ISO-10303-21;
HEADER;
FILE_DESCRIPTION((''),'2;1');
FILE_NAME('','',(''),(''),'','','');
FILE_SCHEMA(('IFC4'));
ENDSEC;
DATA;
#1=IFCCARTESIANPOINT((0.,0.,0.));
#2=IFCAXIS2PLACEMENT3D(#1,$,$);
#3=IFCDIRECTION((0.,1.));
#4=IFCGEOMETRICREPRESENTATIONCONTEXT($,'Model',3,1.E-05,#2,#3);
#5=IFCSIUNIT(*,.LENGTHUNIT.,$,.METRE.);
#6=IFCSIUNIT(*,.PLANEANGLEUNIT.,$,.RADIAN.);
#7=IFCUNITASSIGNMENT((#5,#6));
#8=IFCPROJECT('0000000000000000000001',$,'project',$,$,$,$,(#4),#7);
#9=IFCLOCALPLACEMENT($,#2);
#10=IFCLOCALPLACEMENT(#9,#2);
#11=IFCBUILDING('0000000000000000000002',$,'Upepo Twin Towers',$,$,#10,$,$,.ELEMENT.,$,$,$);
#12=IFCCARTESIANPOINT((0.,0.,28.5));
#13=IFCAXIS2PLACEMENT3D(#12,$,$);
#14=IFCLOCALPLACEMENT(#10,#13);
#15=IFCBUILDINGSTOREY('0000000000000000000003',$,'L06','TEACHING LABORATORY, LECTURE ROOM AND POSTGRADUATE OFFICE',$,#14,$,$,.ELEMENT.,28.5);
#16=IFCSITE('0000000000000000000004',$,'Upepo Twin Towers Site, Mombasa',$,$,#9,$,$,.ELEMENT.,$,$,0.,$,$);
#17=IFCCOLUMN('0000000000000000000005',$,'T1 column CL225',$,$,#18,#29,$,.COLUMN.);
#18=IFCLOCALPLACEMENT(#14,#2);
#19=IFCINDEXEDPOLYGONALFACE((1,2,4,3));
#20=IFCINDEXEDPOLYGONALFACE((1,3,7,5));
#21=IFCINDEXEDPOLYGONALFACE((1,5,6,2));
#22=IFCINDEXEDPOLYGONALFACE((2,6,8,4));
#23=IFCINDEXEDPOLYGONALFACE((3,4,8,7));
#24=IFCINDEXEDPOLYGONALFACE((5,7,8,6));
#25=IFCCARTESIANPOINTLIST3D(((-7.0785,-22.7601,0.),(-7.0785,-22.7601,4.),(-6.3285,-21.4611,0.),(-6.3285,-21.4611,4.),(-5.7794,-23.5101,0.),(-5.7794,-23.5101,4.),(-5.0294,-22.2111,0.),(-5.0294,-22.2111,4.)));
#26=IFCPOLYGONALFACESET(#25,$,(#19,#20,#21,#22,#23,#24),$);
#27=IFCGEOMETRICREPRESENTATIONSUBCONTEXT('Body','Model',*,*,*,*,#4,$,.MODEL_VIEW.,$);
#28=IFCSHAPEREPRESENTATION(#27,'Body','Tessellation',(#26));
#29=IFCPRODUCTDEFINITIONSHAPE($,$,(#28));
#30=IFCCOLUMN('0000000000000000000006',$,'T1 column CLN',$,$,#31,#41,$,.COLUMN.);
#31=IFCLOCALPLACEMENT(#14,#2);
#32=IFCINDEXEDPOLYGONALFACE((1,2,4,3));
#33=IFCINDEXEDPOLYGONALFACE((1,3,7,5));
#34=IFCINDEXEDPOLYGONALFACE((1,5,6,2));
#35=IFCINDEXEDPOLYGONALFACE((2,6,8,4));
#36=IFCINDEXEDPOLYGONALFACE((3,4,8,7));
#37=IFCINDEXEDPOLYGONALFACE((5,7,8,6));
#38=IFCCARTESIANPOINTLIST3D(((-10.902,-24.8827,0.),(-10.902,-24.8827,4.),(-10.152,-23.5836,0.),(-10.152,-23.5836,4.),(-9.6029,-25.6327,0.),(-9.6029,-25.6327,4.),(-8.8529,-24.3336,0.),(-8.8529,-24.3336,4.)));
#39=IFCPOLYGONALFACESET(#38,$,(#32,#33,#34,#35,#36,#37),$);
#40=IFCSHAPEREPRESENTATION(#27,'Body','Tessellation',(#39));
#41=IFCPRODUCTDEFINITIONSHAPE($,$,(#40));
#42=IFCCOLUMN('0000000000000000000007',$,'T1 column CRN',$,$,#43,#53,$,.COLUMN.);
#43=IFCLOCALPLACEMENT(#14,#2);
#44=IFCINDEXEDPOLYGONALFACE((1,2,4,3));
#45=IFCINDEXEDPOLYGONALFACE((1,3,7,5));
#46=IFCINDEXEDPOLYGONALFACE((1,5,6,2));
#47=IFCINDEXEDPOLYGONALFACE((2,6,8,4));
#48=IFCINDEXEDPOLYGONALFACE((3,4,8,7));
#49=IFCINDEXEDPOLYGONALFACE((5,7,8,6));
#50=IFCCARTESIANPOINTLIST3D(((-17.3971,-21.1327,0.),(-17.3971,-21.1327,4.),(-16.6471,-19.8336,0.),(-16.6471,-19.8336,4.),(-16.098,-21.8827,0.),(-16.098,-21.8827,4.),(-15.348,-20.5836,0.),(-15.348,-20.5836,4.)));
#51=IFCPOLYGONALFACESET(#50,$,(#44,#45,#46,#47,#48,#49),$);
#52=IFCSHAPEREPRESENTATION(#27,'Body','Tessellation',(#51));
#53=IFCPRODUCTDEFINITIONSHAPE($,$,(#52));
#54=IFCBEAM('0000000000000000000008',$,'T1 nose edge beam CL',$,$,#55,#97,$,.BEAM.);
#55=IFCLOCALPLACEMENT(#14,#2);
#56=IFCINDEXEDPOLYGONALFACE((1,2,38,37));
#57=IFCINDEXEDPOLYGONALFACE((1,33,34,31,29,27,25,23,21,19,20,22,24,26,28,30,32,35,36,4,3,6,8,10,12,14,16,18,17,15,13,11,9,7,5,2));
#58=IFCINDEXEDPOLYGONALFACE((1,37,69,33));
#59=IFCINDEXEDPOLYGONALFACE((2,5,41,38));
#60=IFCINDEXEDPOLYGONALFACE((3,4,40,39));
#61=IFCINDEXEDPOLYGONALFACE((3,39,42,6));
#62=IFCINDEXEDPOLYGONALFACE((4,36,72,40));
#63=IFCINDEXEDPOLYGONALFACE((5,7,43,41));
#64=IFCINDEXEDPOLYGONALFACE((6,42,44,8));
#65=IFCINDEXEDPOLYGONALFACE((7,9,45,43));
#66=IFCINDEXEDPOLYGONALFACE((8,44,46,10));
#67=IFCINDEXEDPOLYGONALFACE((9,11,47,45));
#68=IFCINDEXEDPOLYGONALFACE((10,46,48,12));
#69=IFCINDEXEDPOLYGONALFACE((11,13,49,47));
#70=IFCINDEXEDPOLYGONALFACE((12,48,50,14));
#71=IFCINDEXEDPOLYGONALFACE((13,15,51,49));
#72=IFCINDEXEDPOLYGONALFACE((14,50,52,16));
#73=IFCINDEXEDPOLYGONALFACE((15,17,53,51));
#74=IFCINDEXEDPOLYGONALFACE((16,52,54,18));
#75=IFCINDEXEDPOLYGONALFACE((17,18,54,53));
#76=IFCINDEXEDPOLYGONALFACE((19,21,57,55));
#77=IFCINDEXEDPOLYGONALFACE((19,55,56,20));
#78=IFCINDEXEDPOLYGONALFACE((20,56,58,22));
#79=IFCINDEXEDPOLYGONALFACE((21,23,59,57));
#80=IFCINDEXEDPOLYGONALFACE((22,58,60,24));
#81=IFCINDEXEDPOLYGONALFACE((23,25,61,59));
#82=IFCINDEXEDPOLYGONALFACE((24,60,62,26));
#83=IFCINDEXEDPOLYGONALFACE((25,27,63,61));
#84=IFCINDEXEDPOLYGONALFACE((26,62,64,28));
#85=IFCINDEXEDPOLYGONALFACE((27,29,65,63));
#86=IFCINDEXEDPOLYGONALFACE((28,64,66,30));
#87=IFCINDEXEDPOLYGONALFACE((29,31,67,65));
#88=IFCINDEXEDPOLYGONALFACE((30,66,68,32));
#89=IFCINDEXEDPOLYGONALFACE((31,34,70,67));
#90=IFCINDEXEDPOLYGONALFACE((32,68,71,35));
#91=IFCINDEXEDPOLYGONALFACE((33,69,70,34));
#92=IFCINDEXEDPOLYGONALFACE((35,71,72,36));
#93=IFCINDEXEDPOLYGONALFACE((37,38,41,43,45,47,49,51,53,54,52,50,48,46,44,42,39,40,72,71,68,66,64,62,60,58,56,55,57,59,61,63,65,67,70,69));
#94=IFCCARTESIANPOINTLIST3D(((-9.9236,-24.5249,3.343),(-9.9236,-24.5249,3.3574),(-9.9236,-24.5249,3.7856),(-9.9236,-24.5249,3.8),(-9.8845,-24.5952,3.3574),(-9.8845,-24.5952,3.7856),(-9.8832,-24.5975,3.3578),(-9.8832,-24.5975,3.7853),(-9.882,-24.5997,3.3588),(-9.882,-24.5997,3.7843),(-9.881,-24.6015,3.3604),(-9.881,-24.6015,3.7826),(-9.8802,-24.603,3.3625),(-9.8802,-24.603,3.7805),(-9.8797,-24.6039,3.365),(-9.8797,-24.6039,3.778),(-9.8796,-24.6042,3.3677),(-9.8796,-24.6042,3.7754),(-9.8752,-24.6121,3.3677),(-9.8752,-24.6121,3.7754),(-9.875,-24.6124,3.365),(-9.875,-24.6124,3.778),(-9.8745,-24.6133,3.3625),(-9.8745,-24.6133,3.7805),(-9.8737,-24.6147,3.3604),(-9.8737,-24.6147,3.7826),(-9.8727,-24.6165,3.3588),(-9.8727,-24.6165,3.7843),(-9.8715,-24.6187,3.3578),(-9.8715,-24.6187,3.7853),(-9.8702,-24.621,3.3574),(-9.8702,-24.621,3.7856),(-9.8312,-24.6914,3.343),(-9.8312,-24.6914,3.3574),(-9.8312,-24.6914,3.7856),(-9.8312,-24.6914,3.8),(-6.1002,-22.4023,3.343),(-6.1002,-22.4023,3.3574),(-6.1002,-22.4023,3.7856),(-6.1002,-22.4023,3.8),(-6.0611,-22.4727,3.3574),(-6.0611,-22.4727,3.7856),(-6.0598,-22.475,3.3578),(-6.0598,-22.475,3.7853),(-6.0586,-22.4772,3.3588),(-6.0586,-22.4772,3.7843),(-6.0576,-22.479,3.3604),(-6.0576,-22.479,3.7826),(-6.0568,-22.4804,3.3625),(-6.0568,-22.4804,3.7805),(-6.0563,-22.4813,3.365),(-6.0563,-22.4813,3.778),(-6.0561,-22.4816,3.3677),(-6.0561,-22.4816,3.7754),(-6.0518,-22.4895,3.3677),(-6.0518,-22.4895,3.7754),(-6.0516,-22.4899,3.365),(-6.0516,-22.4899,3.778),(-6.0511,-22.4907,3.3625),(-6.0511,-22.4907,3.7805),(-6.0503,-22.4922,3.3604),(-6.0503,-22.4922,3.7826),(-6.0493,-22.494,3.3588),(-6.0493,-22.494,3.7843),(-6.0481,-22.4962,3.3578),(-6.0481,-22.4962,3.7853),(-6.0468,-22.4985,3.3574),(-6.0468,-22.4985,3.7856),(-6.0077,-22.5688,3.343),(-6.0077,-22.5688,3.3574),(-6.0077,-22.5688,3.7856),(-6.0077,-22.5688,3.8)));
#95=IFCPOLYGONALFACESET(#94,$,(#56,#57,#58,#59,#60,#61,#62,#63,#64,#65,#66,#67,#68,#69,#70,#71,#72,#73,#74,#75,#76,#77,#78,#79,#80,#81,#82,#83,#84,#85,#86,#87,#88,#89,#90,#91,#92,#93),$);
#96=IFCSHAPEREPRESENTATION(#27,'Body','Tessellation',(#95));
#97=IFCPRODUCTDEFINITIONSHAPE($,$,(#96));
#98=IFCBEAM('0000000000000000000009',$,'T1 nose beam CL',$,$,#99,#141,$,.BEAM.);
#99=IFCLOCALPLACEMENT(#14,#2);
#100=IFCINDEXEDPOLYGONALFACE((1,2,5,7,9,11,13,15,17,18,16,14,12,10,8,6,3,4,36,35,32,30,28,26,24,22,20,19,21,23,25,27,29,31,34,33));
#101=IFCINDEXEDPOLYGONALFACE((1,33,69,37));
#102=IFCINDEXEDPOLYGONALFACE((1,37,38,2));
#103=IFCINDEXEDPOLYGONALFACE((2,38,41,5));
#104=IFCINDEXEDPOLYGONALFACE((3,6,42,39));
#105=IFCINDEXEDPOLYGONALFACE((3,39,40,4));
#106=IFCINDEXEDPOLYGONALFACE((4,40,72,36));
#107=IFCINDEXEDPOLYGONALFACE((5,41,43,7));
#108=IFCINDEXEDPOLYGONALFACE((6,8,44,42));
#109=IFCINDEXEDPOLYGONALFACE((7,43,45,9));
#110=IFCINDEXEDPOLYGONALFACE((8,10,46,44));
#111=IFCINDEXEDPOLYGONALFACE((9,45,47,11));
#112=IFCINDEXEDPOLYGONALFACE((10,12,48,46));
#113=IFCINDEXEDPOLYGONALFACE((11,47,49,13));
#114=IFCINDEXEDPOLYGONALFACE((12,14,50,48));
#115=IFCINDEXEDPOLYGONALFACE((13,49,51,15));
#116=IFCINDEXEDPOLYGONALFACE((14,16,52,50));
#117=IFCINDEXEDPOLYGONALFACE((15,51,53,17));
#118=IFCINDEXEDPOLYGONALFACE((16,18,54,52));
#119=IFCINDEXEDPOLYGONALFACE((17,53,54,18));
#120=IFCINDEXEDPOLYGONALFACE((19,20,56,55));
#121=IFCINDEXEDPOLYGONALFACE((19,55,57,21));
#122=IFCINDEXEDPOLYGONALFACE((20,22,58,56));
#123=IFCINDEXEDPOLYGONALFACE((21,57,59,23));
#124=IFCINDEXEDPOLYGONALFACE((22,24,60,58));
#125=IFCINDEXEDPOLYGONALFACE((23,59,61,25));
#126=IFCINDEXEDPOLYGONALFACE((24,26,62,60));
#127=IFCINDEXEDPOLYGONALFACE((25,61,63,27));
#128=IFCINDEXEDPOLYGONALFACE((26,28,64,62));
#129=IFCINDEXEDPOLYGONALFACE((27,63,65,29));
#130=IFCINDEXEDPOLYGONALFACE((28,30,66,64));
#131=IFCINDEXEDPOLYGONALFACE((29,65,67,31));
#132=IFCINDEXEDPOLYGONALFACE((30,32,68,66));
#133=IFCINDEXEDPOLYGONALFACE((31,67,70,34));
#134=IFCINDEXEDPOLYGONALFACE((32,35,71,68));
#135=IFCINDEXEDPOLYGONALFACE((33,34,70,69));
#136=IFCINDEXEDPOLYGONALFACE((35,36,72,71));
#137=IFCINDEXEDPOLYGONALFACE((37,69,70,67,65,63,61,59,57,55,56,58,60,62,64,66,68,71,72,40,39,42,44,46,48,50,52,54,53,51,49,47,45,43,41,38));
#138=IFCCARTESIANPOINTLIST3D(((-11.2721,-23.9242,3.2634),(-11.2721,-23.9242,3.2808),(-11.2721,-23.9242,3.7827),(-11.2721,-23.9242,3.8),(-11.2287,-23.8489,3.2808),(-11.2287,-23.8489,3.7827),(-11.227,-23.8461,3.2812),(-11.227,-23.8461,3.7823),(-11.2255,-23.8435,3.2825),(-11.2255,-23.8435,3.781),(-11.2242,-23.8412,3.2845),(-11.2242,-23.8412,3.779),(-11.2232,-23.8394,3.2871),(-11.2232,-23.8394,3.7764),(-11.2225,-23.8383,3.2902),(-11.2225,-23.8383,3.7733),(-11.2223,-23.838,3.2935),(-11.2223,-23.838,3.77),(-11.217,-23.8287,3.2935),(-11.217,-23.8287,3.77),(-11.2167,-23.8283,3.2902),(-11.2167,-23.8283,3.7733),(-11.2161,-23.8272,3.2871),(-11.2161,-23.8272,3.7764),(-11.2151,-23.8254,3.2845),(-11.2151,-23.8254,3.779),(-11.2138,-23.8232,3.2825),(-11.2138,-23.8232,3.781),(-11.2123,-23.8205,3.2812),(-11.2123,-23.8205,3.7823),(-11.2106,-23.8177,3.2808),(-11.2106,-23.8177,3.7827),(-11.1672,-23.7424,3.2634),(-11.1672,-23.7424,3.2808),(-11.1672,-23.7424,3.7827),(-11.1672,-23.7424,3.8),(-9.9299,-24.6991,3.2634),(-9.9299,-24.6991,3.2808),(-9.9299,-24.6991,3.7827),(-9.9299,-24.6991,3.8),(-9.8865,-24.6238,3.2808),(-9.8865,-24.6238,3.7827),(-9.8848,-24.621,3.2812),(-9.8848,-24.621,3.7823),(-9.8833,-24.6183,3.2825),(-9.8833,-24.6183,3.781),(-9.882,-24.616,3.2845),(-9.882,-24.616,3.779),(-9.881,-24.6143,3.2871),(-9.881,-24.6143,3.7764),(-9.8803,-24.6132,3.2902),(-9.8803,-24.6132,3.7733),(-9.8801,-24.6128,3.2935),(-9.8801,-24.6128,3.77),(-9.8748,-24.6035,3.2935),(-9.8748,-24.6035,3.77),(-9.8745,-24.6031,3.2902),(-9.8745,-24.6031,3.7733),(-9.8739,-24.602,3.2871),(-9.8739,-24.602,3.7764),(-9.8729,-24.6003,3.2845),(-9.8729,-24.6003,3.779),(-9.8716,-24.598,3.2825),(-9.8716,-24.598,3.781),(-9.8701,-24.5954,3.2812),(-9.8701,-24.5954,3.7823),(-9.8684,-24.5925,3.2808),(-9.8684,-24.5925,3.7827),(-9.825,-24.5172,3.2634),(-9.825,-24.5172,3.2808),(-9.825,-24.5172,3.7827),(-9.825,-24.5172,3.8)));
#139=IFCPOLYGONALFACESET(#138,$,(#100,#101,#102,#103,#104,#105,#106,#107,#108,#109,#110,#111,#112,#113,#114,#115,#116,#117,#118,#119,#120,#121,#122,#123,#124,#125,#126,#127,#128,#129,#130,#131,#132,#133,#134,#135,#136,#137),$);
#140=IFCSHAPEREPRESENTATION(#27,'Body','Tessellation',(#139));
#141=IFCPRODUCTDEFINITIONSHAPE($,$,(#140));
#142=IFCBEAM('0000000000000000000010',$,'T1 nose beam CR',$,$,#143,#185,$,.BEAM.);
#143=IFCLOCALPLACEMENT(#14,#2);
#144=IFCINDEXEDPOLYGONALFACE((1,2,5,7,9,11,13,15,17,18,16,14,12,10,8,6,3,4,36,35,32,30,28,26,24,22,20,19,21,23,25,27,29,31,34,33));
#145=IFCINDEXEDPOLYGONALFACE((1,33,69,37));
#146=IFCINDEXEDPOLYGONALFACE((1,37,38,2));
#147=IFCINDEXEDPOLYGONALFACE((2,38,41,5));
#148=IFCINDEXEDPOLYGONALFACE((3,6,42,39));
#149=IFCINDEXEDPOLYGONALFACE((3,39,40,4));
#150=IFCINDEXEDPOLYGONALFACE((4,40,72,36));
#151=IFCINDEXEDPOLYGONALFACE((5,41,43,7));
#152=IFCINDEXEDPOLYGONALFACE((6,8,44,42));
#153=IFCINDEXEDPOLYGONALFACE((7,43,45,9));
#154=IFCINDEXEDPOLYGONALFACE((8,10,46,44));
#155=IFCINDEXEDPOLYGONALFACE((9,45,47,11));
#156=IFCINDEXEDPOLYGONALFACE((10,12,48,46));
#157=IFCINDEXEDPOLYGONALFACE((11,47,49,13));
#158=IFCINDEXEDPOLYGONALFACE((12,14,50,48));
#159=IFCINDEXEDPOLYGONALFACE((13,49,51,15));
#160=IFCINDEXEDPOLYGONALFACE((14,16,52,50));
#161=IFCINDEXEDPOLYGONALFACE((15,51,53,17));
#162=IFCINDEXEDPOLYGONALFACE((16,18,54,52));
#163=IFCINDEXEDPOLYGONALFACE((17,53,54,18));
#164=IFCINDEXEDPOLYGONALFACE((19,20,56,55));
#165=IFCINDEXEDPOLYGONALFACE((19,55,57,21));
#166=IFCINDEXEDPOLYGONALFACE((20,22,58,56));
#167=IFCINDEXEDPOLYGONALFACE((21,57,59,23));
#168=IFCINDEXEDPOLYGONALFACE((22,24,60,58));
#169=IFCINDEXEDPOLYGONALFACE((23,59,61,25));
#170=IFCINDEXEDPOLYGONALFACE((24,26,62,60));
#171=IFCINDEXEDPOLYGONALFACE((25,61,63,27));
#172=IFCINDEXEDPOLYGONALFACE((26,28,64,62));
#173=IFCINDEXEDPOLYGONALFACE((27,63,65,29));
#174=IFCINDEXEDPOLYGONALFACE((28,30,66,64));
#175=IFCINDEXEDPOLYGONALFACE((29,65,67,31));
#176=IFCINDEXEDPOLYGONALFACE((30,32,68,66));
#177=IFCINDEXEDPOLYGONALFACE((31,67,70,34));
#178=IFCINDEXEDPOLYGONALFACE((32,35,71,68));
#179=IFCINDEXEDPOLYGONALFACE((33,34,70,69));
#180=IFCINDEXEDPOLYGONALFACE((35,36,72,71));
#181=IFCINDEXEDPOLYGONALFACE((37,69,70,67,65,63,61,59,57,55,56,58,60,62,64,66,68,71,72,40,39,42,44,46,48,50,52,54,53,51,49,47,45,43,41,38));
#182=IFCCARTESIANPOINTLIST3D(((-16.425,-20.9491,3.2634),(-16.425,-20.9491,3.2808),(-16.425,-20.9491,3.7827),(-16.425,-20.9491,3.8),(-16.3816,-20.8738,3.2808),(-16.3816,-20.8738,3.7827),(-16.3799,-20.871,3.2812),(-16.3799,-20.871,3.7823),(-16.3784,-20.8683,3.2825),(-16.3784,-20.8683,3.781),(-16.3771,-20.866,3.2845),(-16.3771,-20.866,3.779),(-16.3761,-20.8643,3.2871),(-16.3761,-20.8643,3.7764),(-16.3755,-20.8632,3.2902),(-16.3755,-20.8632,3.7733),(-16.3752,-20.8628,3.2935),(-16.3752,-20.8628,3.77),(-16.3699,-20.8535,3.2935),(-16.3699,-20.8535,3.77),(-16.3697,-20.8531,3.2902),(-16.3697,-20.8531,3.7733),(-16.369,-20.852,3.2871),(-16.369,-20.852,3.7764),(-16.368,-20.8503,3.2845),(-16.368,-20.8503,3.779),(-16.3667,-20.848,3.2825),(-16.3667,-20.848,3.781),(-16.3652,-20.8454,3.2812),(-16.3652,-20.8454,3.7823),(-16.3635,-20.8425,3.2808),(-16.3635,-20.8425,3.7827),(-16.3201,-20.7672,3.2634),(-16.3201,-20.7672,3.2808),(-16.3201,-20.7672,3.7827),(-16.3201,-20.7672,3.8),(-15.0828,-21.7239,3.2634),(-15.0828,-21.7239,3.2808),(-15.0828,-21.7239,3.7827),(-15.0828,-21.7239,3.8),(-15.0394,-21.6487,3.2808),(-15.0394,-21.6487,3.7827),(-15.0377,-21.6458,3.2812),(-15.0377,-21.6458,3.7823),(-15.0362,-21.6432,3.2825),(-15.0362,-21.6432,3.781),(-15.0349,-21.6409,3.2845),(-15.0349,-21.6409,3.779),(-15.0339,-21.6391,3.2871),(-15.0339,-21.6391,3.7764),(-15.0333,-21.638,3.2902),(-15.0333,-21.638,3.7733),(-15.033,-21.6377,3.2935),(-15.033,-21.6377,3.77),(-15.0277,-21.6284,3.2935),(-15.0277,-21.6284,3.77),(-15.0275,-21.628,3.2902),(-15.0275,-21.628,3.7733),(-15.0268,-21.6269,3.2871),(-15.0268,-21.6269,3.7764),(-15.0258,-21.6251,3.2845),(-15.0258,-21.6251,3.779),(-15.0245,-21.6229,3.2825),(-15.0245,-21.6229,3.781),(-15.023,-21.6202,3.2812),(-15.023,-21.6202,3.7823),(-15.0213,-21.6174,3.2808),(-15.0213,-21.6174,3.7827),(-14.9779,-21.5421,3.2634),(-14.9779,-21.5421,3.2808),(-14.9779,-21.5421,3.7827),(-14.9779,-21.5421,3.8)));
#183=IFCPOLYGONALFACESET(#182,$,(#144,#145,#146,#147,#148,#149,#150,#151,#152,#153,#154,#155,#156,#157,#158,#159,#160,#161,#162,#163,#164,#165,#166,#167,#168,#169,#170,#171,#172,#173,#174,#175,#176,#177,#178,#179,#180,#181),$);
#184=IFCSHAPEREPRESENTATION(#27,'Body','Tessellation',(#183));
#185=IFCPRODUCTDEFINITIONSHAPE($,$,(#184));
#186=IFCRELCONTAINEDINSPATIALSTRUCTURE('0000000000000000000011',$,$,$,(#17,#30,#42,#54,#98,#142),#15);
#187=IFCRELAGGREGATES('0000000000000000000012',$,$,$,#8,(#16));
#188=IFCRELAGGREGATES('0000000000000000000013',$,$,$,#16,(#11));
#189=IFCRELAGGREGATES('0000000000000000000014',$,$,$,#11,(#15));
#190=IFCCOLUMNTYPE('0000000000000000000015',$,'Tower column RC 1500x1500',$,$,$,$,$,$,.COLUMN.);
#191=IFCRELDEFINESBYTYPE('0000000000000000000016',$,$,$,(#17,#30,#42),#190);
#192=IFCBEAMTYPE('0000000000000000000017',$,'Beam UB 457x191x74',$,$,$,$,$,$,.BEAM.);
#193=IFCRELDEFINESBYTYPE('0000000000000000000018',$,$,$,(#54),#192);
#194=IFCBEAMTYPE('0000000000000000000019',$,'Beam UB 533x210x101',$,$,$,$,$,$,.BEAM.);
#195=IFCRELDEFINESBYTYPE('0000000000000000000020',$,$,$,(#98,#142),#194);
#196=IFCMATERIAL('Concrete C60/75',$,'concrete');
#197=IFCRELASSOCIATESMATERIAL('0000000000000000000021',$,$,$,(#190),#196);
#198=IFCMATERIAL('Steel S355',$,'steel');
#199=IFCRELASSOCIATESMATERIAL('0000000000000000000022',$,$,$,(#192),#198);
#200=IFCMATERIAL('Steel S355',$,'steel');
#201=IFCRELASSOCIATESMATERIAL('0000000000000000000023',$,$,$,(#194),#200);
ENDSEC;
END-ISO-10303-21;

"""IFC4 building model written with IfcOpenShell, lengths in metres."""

from ifc_helpers import new_model, si_unit, direction, frame, origin, origin_2d, place, context, subcontext, project, spatial, rectangle, i_section, extrude, material, material_profile, profile_set, type_object, element, save


model = new_model("IFC4")

# Units and contexts
model_context = context("Model", 3, precision=1e-05, world=origin(), true_north=direction((0.0, 1.0)))
body_context = subcontext(model_context, "Body", "Model", "MODEL_VIEW")
ifc_project = project(units=[si_unit("LENGTHUNIT", "METRE"), si_unit("PLANEANGLEUNIT", "RADIAN")], contexts=[model_context])

# Site, building, storey
site_placement = place(None, origin())
site = spatial("IfcSite", under=ifc_project, at=site_placement, Name="Upepo Twin Towers Site, Mombasa", CompositionType="ELEMENT", RefElevation=0.0)
building_placement = place(site_placement, origin())
building = spatial("IfcBuilding", under=site, at=building_placement, Name="Upepo Twin Towers", CompositionType="ELEMENT")
storey_placement = place(building_placement, frame((0.0, 0.0, 28.5)))
storey = spatial("IfcBuildingStorey", under=building, at=storey_placement, Name="L06", Description="TEACHING LABORATORY, LECTURE ROOM AND POSTGRADUATE OFFICE", CompositionType="ELEMENT", Elevation=28.5)

# Columns
ifc_material_1 = material(Name="Concrete C60/75", Category="concrete")
ifc_material_profile_1 = material_profile(ifc_material_1, rectangle(XDim=1.5, YDim=1.5, at=origin_2d()), Name="RC 1500x1500")
ifc_profile_set_1 = profile_set([ifc_material_profile_1], Name="Concrete C60/75")
column_type = type_object("IfcColumnType", Name="Tower column RC 1500x1500", PredefinedType="COLUMN", material=ifc_profile_set_1)
for number, where, z_axis, x_axis, name in (
    (1, (-6.054, -22.4856, 0.0), (0.0, 0.0, 1.0), (0.5, 0.866025, 0.0), "T1 column CL225"),
    (2, (-9.8774, -24.6082, 0.0), (0.0, 0.0, 1.0), (0.5, 0.866025, 0.0), "T1 column CLN"),
    (3, (-16.3726, -20.8582, 0.0), (0.0, 0.0, 1.0), (0.5, 0.866025, 0.0), "T1 column CRN"),
):
    element("IfcColumn", number, at=place(storey_placement, frame(where, z_axis=z_axis, x_axis=x_axis)), inside=storey, type_object=column_type, Name=name, PredefinedType="COLUMN", context=body_context, shape_type="SweptSolid", body=[
        extrude(rectangle(XDim=1.5, YDim=1.5, at=origin_2d()), origin(), (0.0, 0.0, 1.0), 4.0),
    ])

# Beams
ifc_material_2 = material(Name="Steel S355", Category="steel")
ifc_material_profile_2 = material_profile(ifc_material_2, i_section(OverallWidth=0.1904, OverallDepth=0.457, WebThickness=0.009, FlangeThickness=0.0144, FilletRadius=0.0103, at=origin_2d()), Name="UB 457x191x74")
ifc_profile_set_2 = profile_set([ifc_material_profile_2], Name="Steel S355")
beam_type_1 = type_object("IfcBeamType", Name="Beam UB 457x191x74", PredefinedType="BEAM", material=ifc_profile_set_2)
beam_1_placement = place(storey_placement, frame((-6.054, -22.4856, 3.5715), z_axis=(-0.874313, -0.485363, 0.0), x_axis=(0.485363, -0.874313, 0.0)))
element("IfcBeam", 4, at=beam_1_placement, inside=storey, type_object=beam_type_1, Name="T1 nose edge beam CL", PredefinedType="BEAM", context=body_context, shape_type="SweptSolid", body=[
    extrude(i_section(OverallWidth=0.1904, OverallDepth=0.457, WebThickness=0.009, FlangeThickness=0.0144, FilletRadius=0.0103, at=origin_2d()), origin(), (0.0, 0.0, 1.0), 4.373),
])
ifc_material_3 = material(Name="Steel S355", Category="steel")
ifc_material_profile_3 = material_profile(ifc_material_3, i_section(OverallWidth=0.21, OverallDepth=0.5366, WebThickness=0.0107, FlangeThickness=0.0173, FilletRadius=0.0127, at=origin_2d()), Name="UB 533x210x101")
ifc_profile_set_3 = profile_set([ifc_material_profile_3], Name="Steel S355")
beam_type_2 = type_object("IfcBeamType", Name="Beam UB 533x210x101", PredefinedType="BEAM", material=ifc_profile_set_3)
for number, where, z_axis, x_axis, name in (
    (5, (-9.8774, -24.6082, 3.5317), (-0.866044, 0.499968, 0.0), (-0.499968, -0.866044, 0.0), "T1 nose beam CL"),
    (6, (-16.3726, -20.8582, 3.5317), (0.866044, -0.499968, 0.0), (0.499968, 0.866044, 0.0), "T1 nose beam CR"),
):
    element("IfcBeam", number, at=place(storey_placement, frame(where, z_axis=z_axis, x_axis=x_axis)), inside=storey, type_object=beam_type_2, Name=name, PredefinedType="BEAM", context=body_context, shape_type="SweptSolid", body=[
        extrude(i_section(OverallWidth=0.21, OverallDepth=0.5366, WebThickness=0.0107, FlangeThickness=0.0173, FilletRadius=0.0127, at=origin_2d()), origin(), (0.0, 0.0, 1.0), 1.5498),
    ])

save(model, "model.ifc")
